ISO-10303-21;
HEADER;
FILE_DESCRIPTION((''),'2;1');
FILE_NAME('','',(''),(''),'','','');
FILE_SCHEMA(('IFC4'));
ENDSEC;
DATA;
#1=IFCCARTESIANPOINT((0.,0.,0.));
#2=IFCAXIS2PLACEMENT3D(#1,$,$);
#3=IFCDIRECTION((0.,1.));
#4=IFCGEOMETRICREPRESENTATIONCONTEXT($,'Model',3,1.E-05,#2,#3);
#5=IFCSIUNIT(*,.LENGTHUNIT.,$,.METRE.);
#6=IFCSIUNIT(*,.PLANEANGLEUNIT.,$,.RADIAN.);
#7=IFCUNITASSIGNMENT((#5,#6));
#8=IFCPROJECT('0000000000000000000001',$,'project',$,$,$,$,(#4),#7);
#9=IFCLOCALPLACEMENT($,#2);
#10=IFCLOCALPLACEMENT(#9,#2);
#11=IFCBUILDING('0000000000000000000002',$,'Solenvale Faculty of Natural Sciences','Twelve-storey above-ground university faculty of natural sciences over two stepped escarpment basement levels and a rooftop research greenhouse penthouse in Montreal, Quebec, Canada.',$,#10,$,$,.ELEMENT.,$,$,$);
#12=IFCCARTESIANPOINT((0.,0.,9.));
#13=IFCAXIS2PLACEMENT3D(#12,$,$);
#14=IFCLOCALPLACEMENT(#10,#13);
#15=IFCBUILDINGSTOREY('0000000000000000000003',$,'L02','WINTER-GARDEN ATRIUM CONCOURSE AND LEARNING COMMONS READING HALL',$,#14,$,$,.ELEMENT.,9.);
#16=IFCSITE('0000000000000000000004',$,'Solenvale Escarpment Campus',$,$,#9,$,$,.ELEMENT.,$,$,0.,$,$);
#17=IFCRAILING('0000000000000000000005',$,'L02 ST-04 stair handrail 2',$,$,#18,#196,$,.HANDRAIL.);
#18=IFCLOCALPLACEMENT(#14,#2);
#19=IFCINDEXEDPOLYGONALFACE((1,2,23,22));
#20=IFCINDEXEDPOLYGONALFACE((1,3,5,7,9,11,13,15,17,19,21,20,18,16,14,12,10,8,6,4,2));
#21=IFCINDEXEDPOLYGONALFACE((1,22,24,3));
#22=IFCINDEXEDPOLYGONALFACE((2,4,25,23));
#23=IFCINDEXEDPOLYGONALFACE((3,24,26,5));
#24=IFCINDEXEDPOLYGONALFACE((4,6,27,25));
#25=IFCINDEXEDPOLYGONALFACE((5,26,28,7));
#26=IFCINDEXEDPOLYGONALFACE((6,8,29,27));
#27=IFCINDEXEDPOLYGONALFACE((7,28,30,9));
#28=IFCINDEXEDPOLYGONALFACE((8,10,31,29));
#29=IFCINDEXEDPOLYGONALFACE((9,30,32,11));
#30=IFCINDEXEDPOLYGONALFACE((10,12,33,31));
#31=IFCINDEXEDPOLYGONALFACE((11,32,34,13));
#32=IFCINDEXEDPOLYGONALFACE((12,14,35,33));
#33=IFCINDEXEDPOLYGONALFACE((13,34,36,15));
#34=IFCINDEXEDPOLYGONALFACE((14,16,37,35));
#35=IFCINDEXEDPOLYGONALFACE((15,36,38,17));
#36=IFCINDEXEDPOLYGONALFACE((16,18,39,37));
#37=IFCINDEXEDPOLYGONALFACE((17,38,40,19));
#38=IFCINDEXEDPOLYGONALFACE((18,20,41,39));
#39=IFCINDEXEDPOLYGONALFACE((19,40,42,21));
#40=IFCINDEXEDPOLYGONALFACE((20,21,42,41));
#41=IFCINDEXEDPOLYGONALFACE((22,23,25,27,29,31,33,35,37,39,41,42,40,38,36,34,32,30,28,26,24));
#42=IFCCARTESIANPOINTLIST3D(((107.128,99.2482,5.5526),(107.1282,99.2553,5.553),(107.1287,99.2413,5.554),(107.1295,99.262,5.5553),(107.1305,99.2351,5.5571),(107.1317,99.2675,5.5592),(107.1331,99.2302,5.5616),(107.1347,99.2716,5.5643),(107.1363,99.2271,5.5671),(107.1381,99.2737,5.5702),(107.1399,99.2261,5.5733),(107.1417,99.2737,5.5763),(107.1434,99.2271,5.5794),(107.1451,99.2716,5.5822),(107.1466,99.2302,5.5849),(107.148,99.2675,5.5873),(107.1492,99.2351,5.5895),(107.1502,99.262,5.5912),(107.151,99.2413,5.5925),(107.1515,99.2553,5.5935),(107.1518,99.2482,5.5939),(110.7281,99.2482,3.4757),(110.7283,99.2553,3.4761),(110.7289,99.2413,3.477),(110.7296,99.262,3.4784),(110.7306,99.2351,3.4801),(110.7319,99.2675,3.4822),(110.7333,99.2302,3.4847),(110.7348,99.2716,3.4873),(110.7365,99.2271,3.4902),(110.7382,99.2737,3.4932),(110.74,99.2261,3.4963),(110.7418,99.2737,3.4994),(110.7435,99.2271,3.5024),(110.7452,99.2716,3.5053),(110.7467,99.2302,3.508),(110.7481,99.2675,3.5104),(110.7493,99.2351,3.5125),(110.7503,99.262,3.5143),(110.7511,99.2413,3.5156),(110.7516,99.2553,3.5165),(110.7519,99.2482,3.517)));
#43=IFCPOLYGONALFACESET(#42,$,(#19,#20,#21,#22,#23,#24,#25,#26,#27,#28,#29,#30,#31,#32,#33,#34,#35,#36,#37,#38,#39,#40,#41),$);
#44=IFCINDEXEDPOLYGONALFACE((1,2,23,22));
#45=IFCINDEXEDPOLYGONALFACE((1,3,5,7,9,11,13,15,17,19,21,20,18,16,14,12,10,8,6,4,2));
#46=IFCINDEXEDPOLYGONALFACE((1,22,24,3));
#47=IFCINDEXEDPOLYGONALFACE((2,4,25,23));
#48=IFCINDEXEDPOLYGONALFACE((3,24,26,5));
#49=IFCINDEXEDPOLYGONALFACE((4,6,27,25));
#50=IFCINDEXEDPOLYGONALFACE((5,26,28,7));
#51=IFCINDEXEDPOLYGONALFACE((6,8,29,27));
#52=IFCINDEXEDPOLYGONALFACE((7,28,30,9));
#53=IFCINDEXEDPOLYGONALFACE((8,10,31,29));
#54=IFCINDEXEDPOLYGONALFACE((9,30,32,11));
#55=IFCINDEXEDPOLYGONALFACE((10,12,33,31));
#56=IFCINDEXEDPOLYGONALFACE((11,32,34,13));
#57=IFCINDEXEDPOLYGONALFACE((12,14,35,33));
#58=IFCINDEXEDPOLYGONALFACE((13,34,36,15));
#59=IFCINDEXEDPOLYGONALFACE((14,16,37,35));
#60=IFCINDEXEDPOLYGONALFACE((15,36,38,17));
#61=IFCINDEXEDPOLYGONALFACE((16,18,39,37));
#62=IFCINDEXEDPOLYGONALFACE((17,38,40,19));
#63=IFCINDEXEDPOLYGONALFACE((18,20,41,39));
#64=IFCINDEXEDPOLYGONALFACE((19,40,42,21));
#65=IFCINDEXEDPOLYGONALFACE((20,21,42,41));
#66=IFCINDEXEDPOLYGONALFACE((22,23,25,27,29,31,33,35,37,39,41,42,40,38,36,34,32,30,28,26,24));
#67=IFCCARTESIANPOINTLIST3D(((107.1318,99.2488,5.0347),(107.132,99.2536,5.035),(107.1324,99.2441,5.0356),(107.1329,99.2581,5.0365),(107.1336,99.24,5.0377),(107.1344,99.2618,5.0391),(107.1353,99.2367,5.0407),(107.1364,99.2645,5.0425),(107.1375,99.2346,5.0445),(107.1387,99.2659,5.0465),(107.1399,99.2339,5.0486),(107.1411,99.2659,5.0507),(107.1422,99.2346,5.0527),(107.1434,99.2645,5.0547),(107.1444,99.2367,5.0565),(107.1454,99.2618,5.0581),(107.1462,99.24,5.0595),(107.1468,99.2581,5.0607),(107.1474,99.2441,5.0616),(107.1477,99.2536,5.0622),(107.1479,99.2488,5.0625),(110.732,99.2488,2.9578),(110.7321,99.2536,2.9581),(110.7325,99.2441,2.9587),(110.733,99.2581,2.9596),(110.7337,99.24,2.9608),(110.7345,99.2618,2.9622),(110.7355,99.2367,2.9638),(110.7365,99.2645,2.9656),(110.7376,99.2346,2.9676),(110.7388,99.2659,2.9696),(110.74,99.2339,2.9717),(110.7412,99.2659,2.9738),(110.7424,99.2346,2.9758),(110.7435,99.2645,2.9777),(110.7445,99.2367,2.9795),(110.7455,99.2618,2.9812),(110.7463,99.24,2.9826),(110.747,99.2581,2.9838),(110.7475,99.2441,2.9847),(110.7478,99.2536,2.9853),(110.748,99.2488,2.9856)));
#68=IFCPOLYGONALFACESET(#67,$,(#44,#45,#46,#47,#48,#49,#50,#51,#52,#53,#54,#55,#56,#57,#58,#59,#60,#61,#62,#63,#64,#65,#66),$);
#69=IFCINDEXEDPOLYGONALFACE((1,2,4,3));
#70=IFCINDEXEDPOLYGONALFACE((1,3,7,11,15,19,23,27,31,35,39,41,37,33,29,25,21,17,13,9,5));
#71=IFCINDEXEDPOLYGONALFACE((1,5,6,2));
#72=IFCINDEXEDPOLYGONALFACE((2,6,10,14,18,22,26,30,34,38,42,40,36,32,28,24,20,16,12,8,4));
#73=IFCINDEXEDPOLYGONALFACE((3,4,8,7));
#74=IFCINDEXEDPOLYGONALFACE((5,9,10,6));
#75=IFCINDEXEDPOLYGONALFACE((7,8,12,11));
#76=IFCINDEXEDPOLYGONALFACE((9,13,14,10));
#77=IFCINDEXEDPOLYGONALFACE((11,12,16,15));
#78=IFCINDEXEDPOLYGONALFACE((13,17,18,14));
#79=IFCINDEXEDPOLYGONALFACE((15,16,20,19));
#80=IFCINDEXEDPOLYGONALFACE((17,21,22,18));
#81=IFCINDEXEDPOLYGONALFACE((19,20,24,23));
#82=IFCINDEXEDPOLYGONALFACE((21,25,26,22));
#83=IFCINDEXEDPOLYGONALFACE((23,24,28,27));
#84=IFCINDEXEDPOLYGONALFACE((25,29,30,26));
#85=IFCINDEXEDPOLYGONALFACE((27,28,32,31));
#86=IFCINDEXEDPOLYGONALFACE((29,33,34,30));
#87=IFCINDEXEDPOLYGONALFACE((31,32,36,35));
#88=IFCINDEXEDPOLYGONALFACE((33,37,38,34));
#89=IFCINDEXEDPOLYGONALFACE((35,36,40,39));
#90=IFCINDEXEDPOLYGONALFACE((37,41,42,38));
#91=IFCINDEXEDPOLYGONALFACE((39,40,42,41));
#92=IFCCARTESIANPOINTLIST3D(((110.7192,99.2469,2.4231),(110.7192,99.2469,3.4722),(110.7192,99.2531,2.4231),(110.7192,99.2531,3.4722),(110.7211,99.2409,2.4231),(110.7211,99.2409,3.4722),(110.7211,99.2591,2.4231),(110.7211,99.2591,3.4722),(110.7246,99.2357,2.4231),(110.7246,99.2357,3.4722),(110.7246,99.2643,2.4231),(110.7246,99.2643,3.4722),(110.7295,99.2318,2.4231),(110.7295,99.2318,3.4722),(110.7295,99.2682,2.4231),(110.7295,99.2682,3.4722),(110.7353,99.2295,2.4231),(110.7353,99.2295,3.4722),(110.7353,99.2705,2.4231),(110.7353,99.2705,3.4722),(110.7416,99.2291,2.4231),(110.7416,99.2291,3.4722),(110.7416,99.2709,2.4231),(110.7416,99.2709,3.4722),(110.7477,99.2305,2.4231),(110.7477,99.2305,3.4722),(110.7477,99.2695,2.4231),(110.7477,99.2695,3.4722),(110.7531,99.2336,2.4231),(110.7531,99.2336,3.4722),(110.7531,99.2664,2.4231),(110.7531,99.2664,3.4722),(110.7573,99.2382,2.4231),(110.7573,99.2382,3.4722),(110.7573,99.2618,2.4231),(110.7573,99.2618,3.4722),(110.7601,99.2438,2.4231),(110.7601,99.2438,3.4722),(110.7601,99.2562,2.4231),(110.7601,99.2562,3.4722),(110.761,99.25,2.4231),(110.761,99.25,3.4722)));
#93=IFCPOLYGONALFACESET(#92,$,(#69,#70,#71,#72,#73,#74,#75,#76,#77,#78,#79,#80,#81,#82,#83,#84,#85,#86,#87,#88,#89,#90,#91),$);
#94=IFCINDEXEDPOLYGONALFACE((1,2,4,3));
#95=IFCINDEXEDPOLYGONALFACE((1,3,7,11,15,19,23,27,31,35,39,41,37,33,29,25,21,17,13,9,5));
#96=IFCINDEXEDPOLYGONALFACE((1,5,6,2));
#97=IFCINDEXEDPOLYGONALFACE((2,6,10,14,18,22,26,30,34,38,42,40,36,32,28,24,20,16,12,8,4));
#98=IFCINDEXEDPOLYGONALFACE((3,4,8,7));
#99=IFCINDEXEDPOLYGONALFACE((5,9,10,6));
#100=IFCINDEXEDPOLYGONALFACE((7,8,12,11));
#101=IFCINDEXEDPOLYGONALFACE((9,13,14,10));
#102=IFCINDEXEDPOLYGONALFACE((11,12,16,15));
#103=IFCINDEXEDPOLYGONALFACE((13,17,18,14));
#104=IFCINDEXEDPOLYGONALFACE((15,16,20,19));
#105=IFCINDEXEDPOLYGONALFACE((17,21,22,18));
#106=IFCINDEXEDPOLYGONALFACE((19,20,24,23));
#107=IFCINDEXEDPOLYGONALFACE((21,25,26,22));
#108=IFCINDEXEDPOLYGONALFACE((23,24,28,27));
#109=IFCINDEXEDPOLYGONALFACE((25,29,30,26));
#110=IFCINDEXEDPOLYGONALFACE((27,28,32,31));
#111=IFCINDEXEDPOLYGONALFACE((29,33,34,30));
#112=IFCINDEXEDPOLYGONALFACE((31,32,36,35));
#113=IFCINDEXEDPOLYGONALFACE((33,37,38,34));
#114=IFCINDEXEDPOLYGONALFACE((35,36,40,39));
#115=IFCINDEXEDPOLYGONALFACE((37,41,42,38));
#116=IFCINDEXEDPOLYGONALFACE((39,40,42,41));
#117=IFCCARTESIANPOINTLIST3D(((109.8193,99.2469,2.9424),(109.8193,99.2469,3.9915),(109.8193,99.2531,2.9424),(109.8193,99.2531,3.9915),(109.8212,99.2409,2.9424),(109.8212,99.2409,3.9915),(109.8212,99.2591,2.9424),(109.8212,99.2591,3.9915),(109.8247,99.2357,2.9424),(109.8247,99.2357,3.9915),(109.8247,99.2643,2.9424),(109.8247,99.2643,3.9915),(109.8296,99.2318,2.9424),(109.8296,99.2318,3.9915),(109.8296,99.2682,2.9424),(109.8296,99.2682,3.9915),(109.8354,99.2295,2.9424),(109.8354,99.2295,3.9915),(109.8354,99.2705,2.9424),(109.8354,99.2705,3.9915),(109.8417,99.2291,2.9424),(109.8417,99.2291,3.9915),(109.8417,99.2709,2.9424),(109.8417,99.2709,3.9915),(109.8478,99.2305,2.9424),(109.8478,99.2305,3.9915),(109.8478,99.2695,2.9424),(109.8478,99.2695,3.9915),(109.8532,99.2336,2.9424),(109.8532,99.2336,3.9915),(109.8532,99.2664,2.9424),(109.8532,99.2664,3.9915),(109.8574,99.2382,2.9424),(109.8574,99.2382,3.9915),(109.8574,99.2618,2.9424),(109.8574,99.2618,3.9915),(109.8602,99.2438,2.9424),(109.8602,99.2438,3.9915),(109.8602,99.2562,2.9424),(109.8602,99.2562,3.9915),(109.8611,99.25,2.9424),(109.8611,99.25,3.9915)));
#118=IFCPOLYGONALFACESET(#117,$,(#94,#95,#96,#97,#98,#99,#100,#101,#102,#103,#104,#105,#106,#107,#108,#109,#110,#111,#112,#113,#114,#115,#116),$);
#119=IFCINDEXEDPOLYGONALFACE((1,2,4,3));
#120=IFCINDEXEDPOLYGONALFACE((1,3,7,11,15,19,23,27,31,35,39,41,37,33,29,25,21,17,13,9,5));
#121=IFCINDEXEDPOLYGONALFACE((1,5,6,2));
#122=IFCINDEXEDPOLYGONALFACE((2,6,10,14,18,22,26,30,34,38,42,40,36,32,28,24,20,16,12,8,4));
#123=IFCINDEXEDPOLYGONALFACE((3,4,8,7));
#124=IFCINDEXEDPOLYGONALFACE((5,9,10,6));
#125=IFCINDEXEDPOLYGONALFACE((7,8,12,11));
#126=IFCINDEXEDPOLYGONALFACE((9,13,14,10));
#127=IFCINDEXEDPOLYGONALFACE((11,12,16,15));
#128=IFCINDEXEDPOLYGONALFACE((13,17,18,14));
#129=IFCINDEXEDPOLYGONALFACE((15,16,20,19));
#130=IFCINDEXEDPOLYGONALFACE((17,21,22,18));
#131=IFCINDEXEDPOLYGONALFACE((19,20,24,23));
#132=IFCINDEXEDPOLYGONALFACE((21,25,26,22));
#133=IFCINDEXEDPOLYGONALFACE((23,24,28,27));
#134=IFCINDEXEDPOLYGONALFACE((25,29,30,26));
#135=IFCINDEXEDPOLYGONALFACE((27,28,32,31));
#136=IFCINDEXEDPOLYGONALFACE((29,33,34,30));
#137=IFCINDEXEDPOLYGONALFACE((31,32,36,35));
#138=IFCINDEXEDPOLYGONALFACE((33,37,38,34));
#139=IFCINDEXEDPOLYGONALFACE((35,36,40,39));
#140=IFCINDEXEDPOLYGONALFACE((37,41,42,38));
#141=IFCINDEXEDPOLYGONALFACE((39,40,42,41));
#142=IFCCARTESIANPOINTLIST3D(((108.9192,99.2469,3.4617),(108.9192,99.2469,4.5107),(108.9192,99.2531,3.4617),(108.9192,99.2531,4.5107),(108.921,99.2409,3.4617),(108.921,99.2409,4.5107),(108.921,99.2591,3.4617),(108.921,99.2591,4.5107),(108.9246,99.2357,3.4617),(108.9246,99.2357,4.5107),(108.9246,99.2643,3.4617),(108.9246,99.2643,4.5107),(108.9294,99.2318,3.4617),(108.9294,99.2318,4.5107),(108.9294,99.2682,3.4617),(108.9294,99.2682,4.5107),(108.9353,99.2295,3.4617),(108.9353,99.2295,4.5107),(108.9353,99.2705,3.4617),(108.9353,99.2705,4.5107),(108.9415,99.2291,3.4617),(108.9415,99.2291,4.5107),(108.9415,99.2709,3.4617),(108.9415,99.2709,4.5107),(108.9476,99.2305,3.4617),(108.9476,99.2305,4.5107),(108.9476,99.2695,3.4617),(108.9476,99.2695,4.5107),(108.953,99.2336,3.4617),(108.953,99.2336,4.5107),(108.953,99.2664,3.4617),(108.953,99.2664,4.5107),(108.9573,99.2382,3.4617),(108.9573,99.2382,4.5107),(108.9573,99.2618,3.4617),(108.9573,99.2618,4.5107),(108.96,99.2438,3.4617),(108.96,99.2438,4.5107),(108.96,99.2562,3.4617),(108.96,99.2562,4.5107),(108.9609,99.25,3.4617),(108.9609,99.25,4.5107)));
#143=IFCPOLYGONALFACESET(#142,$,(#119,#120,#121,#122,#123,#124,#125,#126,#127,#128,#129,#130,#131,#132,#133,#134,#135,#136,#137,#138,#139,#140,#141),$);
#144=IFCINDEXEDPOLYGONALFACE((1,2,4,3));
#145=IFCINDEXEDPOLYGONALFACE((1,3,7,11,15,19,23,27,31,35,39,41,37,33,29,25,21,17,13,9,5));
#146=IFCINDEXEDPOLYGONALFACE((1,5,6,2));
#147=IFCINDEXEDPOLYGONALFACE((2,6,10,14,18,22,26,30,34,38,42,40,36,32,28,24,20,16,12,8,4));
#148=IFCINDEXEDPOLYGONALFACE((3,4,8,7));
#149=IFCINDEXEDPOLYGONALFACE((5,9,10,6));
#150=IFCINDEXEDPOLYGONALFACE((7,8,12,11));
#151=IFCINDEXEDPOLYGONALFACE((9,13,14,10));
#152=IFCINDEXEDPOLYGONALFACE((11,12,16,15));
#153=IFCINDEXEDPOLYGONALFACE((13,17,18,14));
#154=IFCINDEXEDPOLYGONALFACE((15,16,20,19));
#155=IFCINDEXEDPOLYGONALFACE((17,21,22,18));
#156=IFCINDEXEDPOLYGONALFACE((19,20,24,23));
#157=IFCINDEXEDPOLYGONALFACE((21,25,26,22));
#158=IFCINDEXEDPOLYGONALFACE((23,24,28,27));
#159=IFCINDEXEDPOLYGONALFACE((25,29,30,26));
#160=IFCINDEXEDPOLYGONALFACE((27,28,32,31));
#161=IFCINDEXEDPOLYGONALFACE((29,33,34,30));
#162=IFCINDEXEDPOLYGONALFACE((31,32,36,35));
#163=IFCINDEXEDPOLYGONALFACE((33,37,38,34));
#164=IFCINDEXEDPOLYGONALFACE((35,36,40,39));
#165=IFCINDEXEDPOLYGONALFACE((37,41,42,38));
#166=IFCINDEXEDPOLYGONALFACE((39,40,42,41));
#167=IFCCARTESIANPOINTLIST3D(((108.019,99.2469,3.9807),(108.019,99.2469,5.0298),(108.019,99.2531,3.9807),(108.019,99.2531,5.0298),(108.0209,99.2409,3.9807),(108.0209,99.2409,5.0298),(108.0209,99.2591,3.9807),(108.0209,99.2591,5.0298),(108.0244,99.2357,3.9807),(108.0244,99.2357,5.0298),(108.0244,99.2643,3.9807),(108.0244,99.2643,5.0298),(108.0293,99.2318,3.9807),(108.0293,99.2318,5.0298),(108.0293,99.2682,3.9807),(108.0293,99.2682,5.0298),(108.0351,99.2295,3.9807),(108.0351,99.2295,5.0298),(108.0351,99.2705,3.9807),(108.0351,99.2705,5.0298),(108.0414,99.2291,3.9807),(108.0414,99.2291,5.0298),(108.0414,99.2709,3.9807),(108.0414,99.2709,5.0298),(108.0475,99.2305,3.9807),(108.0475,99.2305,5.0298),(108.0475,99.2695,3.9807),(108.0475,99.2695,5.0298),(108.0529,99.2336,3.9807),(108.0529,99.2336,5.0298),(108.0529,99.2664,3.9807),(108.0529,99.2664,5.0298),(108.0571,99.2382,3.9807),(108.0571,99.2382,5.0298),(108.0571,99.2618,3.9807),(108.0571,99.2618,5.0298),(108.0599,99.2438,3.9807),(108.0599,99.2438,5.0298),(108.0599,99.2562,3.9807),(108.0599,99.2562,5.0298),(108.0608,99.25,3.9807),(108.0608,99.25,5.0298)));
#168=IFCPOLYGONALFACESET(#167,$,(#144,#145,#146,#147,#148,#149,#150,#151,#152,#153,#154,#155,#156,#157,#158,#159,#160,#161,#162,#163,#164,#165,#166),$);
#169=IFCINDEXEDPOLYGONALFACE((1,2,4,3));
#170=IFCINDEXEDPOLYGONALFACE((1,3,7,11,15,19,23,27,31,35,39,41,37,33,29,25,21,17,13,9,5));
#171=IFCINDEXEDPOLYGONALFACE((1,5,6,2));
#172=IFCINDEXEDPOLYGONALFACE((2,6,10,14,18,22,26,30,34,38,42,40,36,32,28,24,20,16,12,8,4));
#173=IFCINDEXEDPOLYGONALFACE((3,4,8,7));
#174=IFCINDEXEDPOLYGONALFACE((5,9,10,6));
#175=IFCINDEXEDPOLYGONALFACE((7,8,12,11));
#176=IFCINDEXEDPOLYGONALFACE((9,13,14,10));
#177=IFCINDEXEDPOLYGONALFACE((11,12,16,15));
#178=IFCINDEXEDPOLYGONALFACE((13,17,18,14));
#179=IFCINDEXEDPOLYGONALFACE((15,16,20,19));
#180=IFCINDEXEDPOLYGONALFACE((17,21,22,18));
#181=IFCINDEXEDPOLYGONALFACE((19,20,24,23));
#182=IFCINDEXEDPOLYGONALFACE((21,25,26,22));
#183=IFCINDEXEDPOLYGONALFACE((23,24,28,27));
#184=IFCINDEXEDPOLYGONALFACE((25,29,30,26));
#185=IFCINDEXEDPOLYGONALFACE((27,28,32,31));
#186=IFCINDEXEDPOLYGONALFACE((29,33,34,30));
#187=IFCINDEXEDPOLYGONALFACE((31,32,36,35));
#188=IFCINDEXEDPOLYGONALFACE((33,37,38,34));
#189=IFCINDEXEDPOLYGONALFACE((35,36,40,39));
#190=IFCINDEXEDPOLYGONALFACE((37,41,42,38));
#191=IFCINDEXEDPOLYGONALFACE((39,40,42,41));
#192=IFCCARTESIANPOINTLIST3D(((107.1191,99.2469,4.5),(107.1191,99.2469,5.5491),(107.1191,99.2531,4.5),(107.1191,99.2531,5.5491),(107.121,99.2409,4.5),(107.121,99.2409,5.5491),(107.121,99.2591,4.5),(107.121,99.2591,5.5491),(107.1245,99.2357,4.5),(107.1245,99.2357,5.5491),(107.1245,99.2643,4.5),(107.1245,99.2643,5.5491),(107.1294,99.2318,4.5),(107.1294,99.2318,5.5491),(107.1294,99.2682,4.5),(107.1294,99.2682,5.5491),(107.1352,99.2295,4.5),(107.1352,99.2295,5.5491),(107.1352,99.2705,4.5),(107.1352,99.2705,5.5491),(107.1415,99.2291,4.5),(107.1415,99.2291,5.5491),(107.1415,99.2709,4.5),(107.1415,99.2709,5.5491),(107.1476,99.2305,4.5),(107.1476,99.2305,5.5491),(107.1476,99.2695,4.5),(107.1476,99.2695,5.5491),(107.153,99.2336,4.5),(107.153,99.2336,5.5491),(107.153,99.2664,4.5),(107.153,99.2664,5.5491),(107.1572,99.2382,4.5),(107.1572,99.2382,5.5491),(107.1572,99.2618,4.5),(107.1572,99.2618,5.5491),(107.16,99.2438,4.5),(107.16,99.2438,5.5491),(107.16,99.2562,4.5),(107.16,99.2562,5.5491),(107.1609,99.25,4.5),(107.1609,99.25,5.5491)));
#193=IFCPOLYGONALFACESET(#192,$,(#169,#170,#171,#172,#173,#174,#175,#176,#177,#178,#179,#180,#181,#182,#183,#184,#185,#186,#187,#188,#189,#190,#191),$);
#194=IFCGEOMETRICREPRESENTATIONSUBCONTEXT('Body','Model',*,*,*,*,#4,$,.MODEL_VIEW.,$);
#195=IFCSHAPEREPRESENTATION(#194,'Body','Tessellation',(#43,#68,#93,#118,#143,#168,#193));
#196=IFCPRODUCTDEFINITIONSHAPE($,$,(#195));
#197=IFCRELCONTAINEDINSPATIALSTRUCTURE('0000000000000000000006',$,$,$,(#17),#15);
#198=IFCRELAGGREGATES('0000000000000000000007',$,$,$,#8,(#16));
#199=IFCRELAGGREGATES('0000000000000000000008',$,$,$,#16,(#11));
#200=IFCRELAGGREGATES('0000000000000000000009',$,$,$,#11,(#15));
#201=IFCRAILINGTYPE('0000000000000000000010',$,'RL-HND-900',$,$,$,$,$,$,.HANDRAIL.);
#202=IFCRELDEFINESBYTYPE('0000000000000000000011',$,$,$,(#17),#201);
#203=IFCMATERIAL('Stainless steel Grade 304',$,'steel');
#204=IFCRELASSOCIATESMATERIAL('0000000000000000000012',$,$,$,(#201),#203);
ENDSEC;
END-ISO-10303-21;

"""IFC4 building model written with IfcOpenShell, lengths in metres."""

from ifc_helpers import new_model, si_unit, direction, frame, origin, origin_2d, place, context, subcontext, project, spatial, circle, extrude, material, type_object, element, save


model = new_model("IFC4")

# Units and contexts
model_context = context("Model", 3, precision=1e-05, world=origin(), true_north=direction((0.0, 1.0)))
body_context = subcontext(model_context, "Body", "Model", "MODEL_VIEW")
ifc_project = project(units=[si_unit("LENGTHUNIT", "METRE"), si_unit("PLANEANGLEUNIT", "RADIAN")], contexts=[model_context])

# Site, building, storey
site_placement = place(None, origin())
site = spatial("IfcSite", under=ifc_project, at=site_placement, Name="Solenvale Escarpment Campus", CompositionType="ELEMENT", RefElevation=0.0)
building_placement = place(site_placement, origin())
building = spatial("IfcBuilding", under=site, at=building_placement, Name="Solenvale Faculty of Natural Sciences", Description="Twelve-storey above-ground university faculty of natural sciences over two stepped escarpment basement levels and a rooftop research greenhouse penthouse in Montreal, Quebec, Canada.", CompositionType="ELEMENT")
storey_placement = place(building_placement, frame((0.0, 0.0, 9.0)))
storey = spatial("IfcBuildingStorey", under=building, at=storey_placement, Name="L02", Description="WINTER-GARDEN ATRIUM CONCOURSE AND LEARNING COMMONS READING HALL", CompositionType="ELEMENT", Elevation=9.0)

# Railing
ifc_material_1 = material(Name="Stainless steel Grade 304", Category="steel")
railing_type_1 = type_object("IfcRailingType", Name="RL-HND-900", PredefinedType="HANDRAIL", material=ifc_material_1)
railing_1_placement = place(storey_placement, frame((110.74, 99.25, 2.4231)))
element("IfcRailing", 1, at=railing_1_placement, inside=storey, type_object=railing_type_1, Name="L02 ST-04 stair handrail 2", PredefinedType="HANDRAIL", context=body_context, shape_type="SweptSolid", body=[
    extrude(circle(Radius=0.0239, at=origin_2d()), frame((0.0, 0.0, 1.0732), z_axis=(-0.866193, 0.0, 0.499709), x_axis=(0.0, -1.0, 0.0)), (0.0, 0.0, 1.0), 4.1562),
    extrude(circle(Radius=0.0161, at=origin_2d()), frame((0.0, 0.0, 0.5486), z_axis=(-0.866193, 0.0, 0.499709), x_axis=(0.0, -1.0, 0.0)), (0.0, 0.0, 1.0), 4.1562),
    extrude(circle(Radius=0.021, at=origin_2d()), origin(), (0.0, 0.0, 1.0), 1.0491),
    extrude(circle(Radius=0.021, at=origin_2d()), frame((-0.8999, 0.0, 0.5193)), (0.0, 0.0, 1.0), 1.0491),
    extrude(circle(Radius=0.021, at=origin_2d()), frame((-1.8, 0.0, 1.0386)), (0.0, 0.0, 1.0), 1.0491),
    extrude(circle(Radius=0.021, at=origin_2d()), frame((-2.7002, 0.0, 1.5576)), (0.0, 0.0, 1.0), 1.0491),
    extrude(circle(Radius=0.021, at=origin_2d()), frame((-3.6001, 0.0, 2.0769)), (0.0, 0.0, 1.0), 1.0491),
])

save(model, "model.ifc")
